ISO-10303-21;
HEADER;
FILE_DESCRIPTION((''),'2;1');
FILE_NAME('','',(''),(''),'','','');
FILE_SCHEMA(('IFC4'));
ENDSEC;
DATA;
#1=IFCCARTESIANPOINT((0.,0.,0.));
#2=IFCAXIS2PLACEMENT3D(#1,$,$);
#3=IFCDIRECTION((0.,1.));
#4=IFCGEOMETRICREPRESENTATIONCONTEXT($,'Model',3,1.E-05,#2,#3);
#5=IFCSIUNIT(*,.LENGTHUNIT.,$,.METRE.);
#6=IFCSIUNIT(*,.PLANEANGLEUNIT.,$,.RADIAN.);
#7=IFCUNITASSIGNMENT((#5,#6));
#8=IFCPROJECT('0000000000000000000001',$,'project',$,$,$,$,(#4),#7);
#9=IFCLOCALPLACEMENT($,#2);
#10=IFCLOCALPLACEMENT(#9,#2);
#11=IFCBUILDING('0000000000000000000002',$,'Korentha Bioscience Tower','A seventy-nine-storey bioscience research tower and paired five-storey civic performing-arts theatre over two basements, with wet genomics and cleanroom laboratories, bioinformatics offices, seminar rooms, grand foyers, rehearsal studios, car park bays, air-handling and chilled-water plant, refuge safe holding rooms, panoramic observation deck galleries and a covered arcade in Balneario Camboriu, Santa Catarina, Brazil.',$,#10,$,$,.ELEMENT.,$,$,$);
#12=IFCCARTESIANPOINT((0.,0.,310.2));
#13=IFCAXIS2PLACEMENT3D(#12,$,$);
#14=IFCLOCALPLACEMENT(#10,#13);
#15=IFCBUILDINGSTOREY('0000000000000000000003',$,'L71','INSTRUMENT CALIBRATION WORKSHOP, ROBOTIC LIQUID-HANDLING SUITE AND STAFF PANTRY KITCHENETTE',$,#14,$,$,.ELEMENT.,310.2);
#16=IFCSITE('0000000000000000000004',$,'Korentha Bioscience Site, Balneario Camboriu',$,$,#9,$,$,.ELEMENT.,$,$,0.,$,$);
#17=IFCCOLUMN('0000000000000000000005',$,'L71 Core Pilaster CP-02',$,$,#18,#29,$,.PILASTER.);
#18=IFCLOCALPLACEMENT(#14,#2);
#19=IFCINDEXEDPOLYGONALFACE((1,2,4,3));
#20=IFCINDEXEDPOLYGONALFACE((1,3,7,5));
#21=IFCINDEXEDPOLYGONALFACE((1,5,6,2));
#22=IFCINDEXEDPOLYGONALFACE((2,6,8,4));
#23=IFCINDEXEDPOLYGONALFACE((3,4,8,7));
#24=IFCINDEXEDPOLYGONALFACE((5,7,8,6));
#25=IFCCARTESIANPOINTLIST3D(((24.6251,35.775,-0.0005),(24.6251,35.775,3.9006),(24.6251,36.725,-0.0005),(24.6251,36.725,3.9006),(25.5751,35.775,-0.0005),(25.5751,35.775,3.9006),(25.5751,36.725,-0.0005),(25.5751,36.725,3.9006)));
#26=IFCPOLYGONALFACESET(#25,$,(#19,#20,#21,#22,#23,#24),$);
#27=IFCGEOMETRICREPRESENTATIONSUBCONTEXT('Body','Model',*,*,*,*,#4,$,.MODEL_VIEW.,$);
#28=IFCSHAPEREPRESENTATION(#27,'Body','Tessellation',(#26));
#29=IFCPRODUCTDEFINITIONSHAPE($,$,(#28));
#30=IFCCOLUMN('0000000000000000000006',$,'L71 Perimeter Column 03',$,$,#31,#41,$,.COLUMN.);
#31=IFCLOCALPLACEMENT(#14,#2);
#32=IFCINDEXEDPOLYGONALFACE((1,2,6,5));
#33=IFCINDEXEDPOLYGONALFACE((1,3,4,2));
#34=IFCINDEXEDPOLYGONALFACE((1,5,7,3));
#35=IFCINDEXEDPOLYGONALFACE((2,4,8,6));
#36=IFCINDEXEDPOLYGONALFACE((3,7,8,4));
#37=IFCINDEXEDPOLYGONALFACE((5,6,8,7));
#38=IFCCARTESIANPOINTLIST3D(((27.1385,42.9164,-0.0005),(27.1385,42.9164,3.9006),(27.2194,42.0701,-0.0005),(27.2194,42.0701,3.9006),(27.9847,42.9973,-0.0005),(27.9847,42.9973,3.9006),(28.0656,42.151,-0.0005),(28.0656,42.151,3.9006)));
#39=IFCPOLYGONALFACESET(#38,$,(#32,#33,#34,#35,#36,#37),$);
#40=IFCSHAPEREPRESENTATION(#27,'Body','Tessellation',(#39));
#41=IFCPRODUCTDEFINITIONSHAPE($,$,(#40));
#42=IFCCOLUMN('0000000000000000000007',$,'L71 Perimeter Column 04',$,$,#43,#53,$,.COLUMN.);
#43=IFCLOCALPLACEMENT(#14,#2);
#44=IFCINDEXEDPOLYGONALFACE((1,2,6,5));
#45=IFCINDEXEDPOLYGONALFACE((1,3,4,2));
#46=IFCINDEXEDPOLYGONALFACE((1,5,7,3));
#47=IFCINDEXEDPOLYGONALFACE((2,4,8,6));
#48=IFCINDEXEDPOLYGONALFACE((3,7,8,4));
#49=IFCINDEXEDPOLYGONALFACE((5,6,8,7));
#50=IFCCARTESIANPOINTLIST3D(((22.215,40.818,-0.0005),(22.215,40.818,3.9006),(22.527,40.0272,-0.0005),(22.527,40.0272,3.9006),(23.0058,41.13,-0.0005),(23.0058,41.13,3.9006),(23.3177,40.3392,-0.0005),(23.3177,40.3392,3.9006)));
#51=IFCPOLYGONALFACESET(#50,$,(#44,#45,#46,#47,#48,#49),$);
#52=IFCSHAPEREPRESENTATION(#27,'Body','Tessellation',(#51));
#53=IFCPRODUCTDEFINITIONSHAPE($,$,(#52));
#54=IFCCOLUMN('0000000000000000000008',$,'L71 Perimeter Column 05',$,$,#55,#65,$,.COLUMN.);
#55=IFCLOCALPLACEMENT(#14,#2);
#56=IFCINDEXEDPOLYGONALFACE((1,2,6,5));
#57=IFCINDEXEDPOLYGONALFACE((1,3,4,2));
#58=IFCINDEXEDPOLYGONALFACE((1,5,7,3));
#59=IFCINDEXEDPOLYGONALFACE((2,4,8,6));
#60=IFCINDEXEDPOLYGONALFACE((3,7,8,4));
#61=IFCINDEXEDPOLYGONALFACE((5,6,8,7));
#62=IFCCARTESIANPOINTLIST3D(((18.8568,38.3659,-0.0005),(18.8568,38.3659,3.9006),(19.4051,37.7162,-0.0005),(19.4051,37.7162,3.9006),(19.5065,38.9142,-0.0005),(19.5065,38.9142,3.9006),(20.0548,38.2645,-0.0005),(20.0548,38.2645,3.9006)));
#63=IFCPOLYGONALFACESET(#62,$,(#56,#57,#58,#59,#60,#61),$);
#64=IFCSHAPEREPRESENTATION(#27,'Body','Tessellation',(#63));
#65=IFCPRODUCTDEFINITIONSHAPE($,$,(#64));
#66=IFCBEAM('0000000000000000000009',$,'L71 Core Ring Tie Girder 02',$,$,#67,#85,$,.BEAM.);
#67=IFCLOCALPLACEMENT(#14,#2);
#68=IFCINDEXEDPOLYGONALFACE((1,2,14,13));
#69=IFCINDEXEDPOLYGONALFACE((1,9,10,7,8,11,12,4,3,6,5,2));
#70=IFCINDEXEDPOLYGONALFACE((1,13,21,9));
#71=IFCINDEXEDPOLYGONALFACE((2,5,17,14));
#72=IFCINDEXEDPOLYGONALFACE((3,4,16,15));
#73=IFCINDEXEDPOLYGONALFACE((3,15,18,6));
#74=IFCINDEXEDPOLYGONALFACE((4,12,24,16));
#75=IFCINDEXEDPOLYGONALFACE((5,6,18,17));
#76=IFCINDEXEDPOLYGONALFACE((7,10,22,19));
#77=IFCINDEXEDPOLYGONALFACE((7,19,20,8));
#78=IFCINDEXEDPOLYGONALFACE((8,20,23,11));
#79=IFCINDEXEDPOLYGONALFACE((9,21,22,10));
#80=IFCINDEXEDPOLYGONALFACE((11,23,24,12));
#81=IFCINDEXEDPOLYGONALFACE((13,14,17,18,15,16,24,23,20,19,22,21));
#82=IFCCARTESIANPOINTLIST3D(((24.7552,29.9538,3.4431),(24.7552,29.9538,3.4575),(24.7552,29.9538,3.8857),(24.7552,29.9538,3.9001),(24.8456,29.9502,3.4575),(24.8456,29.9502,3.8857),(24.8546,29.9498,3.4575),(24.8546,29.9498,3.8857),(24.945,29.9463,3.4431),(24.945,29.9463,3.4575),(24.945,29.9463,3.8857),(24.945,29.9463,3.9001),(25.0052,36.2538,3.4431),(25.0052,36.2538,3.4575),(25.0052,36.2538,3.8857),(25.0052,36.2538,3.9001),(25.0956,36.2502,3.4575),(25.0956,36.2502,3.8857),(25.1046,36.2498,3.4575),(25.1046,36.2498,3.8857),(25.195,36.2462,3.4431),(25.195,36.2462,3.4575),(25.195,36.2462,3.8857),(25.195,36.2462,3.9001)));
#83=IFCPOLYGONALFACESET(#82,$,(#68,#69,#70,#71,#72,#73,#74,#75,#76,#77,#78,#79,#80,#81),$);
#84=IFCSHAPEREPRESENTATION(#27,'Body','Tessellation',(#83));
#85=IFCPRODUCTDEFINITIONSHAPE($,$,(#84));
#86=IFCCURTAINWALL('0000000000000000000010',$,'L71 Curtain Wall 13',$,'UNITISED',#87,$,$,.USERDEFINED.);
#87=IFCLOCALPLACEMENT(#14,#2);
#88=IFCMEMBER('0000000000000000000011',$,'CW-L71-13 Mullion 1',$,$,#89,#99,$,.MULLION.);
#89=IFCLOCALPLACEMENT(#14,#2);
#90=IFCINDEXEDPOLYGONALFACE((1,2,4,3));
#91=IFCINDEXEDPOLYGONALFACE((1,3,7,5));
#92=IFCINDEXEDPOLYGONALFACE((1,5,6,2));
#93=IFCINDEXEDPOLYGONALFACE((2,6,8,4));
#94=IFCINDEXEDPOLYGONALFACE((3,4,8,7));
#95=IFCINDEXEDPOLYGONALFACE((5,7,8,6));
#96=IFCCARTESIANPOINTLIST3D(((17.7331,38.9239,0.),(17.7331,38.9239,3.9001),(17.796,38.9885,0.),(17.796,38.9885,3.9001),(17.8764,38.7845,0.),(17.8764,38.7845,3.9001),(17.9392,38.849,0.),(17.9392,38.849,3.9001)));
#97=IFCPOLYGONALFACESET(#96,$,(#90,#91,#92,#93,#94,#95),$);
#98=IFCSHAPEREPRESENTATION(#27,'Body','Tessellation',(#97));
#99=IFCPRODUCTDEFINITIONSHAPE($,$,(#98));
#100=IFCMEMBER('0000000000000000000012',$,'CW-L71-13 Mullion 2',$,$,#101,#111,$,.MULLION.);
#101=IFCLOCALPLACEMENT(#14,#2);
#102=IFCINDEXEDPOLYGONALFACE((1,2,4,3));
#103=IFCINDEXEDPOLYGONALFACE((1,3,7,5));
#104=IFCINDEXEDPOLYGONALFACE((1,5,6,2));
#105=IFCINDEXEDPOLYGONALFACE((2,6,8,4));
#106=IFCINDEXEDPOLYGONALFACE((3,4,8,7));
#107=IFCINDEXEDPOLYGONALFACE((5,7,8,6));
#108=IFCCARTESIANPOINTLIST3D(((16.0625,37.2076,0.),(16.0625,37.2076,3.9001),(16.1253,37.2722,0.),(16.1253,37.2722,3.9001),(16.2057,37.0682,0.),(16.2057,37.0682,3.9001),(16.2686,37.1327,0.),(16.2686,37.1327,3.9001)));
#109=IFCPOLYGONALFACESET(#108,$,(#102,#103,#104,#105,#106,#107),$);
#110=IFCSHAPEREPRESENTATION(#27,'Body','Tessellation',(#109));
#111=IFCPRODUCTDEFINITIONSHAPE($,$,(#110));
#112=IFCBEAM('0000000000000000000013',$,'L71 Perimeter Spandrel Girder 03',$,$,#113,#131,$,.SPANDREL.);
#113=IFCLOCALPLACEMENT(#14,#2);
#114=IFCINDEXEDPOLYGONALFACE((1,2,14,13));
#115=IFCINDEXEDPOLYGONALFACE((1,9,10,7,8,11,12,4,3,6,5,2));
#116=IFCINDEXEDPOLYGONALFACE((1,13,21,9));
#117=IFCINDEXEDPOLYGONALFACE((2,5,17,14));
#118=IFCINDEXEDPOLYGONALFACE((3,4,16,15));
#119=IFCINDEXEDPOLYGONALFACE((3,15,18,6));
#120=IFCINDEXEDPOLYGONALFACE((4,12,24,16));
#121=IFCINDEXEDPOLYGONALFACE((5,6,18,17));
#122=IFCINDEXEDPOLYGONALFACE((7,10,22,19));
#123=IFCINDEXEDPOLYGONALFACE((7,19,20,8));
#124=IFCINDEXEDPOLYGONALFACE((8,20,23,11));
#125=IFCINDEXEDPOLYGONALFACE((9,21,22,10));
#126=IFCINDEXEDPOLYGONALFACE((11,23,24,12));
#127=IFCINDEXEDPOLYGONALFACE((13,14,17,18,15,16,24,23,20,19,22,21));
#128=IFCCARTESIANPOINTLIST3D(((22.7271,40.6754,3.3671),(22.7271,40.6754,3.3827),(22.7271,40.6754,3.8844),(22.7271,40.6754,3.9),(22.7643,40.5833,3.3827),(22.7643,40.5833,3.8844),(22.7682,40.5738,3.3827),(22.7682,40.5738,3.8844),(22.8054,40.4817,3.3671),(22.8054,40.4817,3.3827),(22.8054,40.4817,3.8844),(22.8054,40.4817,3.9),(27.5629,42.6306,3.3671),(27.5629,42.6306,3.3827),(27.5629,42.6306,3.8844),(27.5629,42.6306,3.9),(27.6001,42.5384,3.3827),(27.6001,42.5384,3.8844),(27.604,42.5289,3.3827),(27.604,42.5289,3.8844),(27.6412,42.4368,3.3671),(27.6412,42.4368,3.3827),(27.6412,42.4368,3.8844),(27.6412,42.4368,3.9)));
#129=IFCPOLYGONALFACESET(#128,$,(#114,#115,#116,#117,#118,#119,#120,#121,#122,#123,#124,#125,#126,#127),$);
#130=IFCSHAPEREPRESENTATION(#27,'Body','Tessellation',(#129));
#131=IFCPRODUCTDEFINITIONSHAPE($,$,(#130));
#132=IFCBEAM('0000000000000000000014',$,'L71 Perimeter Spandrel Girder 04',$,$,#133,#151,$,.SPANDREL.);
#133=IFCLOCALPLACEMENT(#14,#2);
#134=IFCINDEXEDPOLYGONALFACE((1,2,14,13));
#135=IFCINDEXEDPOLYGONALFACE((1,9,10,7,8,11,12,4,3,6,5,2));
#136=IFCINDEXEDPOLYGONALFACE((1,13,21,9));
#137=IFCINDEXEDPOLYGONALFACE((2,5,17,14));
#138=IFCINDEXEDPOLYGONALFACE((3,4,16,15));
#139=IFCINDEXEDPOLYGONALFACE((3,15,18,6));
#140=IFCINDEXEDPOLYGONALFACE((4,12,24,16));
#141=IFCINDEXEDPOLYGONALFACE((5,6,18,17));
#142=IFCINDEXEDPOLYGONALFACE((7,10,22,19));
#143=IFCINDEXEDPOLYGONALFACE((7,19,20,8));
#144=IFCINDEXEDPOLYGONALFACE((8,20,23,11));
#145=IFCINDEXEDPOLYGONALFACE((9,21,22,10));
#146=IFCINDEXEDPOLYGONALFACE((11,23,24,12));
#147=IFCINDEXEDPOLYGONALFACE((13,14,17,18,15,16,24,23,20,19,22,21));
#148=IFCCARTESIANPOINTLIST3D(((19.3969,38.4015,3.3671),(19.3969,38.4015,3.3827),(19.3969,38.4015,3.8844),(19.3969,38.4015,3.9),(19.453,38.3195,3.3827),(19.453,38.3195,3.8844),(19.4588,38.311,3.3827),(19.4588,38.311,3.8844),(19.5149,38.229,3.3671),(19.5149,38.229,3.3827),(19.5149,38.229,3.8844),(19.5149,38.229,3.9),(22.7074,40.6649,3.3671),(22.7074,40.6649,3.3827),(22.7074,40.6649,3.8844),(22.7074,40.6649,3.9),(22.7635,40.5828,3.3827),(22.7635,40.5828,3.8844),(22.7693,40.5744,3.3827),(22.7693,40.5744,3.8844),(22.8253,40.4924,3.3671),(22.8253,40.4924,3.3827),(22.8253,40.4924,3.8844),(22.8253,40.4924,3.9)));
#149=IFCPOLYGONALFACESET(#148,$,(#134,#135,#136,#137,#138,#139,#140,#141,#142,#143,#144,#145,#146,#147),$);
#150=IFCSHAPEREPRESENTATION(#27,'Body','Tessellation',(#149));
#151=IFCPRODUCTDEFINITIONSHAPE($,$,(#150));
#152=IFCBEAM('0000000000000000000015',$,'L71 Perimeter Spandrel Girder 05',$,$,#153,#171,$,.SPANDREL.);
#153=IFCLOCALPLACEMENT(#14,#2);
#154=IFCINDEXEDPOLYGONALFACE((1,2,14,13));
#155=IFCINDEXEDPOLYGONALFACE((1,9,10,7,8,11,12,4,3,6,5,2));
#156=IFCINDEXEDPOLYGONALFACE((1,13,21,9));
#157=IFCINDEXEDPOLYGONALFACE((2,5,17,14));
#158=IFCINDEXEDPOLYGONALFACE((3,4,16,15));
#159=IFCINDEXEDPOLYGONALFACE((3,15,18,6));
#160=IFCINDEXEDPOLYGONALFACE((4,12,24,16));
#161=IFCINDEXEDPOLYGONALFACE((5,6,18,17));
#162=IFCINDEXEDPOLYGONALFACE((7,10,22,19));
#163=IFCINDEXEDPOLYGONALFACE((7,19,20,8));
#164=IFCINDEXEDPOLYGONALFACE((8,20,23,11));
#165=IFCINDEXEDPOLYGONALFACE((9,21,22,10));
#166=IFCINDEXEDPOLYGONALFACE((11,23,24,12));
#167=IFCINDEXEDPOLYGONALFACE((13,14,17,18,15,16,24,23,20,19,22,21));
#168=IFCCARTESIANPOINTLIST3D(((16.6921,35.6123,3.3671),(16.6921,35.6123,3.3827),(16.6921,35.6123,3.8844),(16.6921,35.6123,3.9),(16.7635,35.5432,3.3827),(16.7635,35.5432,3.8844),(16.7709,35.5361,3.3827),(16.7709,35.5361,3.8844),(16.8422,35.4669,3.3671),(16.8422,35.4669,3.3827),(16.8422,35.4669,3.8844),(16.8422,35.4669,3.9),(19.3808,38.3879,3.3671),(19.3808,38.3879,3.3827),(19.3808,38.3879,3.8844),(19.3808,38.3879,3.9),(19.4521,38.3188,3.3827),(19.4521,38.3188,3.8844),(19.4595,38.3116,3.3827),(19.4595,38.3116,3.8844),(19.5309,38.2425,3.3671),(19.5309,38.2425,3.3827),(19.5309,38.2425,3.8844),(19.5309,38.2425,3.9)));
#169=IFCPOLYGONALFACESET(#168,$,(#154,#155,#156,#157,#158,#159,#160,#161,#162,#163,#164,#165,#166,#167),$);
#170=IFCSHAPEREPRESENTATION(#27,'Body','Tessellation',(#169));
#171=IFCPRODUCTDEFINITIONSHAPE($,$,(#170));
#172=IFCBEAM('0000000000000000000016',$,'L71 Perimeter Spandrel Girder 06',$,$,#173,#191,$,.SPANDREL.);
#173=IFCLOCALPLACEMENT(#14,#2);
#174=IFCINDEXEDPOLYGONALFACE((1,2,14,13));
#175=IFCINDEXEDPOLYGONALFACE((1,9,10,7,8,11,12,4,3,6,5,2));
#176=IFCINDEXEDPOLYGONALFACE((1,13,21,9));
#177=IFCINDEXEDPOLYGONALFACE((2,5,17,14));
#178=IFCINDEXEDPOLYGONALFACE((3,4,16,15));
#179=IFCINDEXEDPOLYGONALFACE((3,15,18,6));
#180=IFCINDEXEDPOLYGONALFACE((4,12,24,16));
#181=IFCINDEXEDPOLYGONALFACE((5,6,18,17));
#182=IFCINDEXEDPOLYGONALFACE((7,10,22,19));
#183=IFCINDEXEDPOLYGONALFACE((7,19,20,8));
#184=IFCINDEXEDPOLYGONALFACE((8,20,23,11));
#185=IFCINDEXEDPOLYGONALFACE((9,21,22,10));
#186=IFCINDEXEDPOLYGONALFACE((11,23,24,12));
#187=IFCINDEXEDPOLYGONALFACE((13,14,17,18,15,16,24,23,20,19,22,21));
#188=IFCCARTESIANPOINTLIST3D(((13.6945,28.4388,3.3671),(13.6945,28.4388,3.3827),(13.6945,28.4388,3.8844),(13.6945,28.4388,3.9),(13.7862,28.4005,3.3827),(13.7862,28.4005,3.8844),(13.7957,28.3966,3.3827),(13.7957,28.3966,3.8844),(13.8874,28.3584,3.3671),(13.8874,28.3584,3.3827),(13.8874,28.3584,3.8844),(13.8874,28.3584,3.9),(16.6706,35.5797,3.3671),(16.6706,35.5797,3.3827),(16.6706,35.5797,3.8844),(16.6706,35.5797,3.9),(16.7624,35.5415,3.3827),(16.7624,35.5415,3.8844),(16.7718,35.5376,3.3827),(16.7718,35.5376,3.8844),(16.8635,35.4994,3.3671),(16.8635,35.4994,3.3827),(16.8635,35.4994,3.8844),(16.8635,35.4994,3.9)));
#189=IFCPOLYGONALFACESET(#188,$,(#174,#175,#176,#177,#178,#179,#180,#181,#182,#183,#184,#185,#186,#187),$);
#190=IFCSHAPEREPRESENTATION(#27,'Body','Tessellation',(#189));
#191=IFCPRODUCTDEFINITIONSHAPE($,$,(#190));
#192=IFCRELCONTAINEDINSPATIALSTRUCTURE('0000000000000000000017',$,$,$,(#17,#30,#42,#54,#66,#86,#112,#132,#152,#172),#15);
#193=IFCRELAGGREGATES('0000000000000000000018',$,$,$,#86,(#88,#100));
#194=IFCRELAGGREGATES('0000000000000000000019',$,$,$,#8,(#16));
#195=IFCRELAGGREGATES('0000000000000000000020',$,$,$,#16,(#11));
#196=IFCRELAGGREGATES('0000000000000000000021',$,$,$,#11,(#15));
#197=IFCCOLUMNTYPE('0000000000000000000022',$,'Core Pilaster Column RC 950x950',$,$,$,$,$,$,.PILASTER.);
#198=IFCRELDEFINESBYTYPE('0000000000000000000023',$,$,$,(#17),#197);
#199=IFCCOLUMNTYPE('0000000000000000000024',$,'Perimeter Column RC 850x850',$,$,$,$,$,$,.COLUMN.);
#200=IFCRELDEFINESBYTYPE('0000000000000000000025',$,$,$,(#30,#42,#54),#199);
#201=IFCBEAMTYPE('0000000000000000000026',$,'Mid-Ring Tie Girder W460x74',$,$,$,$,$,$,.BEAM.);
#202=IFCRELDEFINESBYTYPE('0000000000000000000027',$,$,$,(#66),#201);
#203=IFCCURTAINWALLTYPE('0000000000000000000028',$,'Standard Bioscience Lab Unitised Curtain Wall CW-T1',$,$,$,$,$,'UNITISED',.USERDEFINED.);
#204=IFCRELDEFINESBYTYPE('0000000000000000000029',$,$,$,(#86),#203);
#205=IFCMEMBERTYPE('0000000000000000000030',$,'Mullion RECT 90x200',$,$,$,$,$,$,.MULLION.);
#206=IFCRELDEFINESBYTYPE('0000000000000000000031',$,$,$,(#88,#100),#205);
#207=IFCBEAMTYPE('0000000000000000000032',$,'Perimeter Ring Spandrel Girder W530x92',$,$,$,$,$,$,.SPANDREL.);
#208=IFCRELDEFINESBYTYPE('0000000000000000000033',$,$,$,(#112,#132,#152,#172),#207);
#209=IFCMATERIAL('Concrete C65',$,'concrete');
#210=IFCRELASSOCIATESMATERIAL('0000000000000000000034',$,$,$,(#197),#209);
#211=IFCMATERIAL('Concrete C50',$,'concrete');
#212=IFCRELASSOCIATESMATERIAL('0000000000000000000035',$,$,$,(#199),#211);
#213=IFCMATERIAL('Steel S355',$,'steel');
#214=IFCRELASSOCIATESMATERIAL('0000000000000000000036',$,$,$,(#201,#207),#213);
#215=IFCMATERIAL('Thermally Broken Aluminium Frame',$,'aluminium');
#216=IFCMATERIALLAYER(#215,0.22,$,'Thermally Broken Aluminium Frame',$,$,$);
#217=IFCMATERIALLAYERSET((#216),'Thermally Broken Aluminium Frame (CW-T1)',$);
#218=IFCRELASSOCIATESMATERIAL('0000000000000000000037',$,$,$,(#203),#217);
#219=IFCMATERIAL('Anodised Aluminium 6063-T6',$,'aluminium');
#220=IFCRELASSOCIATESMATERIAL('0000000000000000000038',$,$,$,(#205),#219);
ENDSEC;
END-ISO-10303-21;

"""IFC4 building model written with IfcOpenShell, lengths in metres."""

from ifc_helpers import new_model, si_unit, direction, frame, origin, origin_2d, place, context, subcontext, project, spatial, rectangle, i_section, extrude, material, layer, layer_set, material_profile, profile_set, type_object, element, aggregate, save


model = new_model("IFC4")

# Units and contexts
model_context = context("Model", 3, precision=1e-05, world=origin(), true_north=direction((0.0, 1.0)))
body_context = subcontext(model_context, "Body", "Model", "MODEL_VIEW")
ifc_project = project(units=[si_unit("LENGTHUNIT", "METRE"), si_unit("PLANEANGLEUNIT", "RADIAN")], contexts=[model_context])

# Site, building, storey
site_placement = place(None, origin())
site = spatial("IfcSite", under=ifc_project, at=site_placement, Name="Korentha Bioscience Site, Balneario Camboriu", CompositionType="ELEMENT", RefElevation=0.0)
building_placement = place(site_placement, origin())
building = spatial("IfcBuilding", under=site, at=building_placement, Name="Korentha Bioscience Tower", Description="A seventy-nine-storey bioscience research tower and paired five-storey civic performing-arts theatre over two basements, with wet genomics and cleanroom laboratories, bioinformatics offices, seminar rooms, grand foyers, rehearsal studios, car park bays, air-handling and chilled-water plant, refuge safe holding rooms, panoramic observation deck galleries and a covered arcade in Balneario Camboriu, Santa Catarina, Brazil.", CompositionType="ELEMENT")
storey_placement = place(building_placement, frame((0.0, 0.0, 310.2)))
storey = spatial("IfcBuildingStorey", under=building, at=storey_placement, Name="L71", Description="INSTRUMENT CALIBRATION WORKSHOP, ROBOTIC LIQUID-HANDLING SUITE AND STAFF PANTRY KITCHENETTE", CompositionType="ELEMENT", Elevation=310.2)

# Columns
ifc_material_1 = material(Name="Concrete C65", Category="concrete")
ifc_material_profile_1 = material_profile(ifc_material_1, rectangle(XDim=0.95, YDim=0.95, at=origin_2d()), Name="Concrete C65")
ifc_profile_set_1 = profile_set([ifc_material_profile_1], Name="Concrete C65 (COL-CP09)")
column_type_1 = type_object("IfcColumnType", Name="Core Pilaster Column RC 950x950", PredefinedType="PILASTER", material=ifc_profile_set_1)
column_placement = place(storey_placement, frame((25.1001, 36.25, -0.0005), z_axis=(0.0, 0.0, 1.0), x_axis=(1.0, 0.0, 0.0)))
element("IfcColumn", 1, at=column_placement, inside=storey, type_object=column_type_1, Name="L71 Core Pilaster CP-02", PredefinedType="PILASTER", context=body_context, shape_type="SweptSolid", body=[
    extrude(rectangle(XDim=0.95, YDim=0.95, at=origin_2d()), origin(), (0.0, 0.0, 1.0), 3.9011),
])
ifc_material_2 = material(Name="Concrete C50", Category="concrete")
ifc_material_profile_2 = material_profile(ifc_material_2, rectangle(XDim=0.8501, YDim=0.8501, at=origin_2d()), Name="Concrete C50")
ifc_profile_set_2 = profile_set([ifc_material_profile_2], Name="Concrete C50 (COL-P08)")
column_type_2 = type_object("IfcColumnType", Name="Perimeter Column RC 850x850", PredefinedType="COLUMN", material=ifc_profile_set_2)
for number, where, z_axis, x_axis, name in (
    (2, (27.6021, 42.5337, -0.0005), (0.0, 0.0, 1.0), (0.995463, 0.095151, 0.0), "L71 Perimeter Column 03"),
    (3, (22.7664, 40.5786, -0.0005), (0.0, 0.0, 1.0), (0.930226, 0.366988, 0.0), "L71 Perimeter Column 04"),
    (4, (19.4558, 38.3152, -0.0005), (0.0, 0.0, 1.0), (0.764246, 0.644924, 0.0), "L71 Perimeter Column 05"),
):
    element("IfcColumn", number, at=place(storey_placement, frame(where, z_axis=z_axis, x_axis=x_axis)), inside=storey, type_object=column_type_2, Name=name, PredefinedType="COLUMN", context=body_context, shape_type="SweptSolid", body=[
        extrude(rectangle(XDim=0.8501, YDim=0.8501, at=origin_2d()), origin(), (0.0, 0.0, 1.0), 3.9011),
    ])

# Beam
ifc_material_3 = material(Name="Steel S355", Category="steel")
ifc_material_profile_3 = material_profile(ifc_material_3, i_section(OverallWidth=0.1899, OverallDepth=0.457, WebThickness=0.009, FlangeThickness=0.0144, at=origin_2d()), Name="Steel S355")
ifc_profile_set_3 = profile_set([ifc_material_profile_3], Name="Steel S355 (MB-460)")
beam_type_1 = type_object("IfcBeamType", Name="Mid-Ring Tie Girder W460x74", PredefinedType="BEAM", material=ifc_profile_set_3)
beam_1_placement = place(storey_placement, frame((25.1001, 36.25, 3.6716), z_axis=(-0.039651, -0.999214, 0.0), x_axis=(0.999214, -0.039651, 0.0)))
element("IfcBeam", 5, at=beam_1_placement, inside=storey, type_object=beam_type_1, Name="L71 Core Ring Tie Girder 02", PredefinedType="BEAM", context=body_context, shape_type="SweptSolid", body=[
    extrude(i_section(OverallWidth=0.1899, OverallDepth=0.457, WebThickness=0.009, FlangeThickness=0.0144, at=origin_2d()), origin(), (0.0, 0.0, 1.0), 6.3049),
])

# Curtain wall, members
ifc_material_4 = material(Name="Thermally Broken Aluminium Frame", Category="aluminium")
ifc_layer_1 = layer(ifc_material_4, 0.22, Name="Thermally Broken Aluminium Frame")
ifc_layer_set_1 = layer_set([ifc_layer_1], Name="Thermally Broken Aluminium Frame (CW-T1)")
curtain_wall_type = type_object("IfcCurtainWallType", Name="Standard Bioscience Lab Unitised Curtain Wall CW-T1", ElementType="UNITISED", PredefinedType="USERDEFINED", material=ifc_layer_set_1)
curtain_wall_placement = place(storey_placement, origin())
curtain_wall = element("IfcCurtainWall", 6, at=curtain_wall_placement, inside=storey, type_object=curtain_wall_type, Name="L71 Curtain Wall 13", ObjectType="UNITISED", PredefinedType="USERDEFINED")
ifc_material_5 = material(Name="Anodised Aluminium 6063-T6", Category="aluminium")
ifc_material_profile_4 = material_profile(ifc_material_5, rectangle(XDim=0.0901, YDim=0.2, at=origin_2d()), Name="Anodised Aluminium 6063-T6")
ifc_profile_set_4 = profile_set([ifc_material_profile_4], Name="Anodised Aluminium 6063-T6 (CW-MUL)")
member_type_1 = type_object("IfcMemberType", Name="Mullion RECT 90x200", PredefinedType="MULLION", material=ifc_profile_set_4)
member_1_placement = place(storey_placement, frame((17.8362, 38.8865, 0.0), z_axis=(0.0, 0.0, 1.0), x_axis=(-0.697567, -0.716519, 0.0)))
member_1 = element("IfcMember", 7, at=member_1_placement, type_object=member_type_1, Name="CW-L71-13 Mullion 1", PredefinedType="MULLION", context=body_context, shape_type="SweptSolid", body=[
    extrude(rectangle(XDim=0.0901, YDim=0.2, at=origin_2d()), origin(), (0.0, 0.0, 1.0), 3.9001),
])
member_2_placement = place(storey_placement, frame((16.1655, 37.1702, 0.0), z_axis=(0.0, 0.0, 1.0), x_axis=(-0.697567, -0.716519, 0.0)))
member_2 = element("IfcMember", 8, at=member_2_placement, type_object=member_type_1, Name="CW-L71-13 Mullion 2", PredefinedType="MULLION", context=body_context, shape_type="SweptSolid", body=[
    extrude(rectangle(XDim=0.0901, YDim=0.2, at=origin_2d()), origin(), (0.0, 0.0, 1.0), 3.9001),
])

# Beams
ifc_material_profile_5 = material_profile(ifc_material_3, i_section(OverallWidth=0.209, OverallDepth=0.533, WebThickness=0.0103, FlangeThickness=0.0156, at=origin_2d()), Name="Steel S355")
ifc_profile_set_5 = profile_set([ifc_material_profile_5], Name="Steel S355 (SB-530)")
beam_type_2 = type_object("IfcBeamType", Name="Perimeter Ring Spandrel Girder W530x92", PredefinedType="SPANDREL", material=ifc_profile_set_5)
beam_2_placement = place(storey_placement, frame((27.6021, 42.5337, 3.6335), z_axis=(-0.927095, -0.374826, 0.0), x_axis=(0.374826, -0.927095, 0.0)))
element("IfcBeam", 9, at=beam_2_placement, inside=storey, type_object=beam_type_2, Name="L71 Perimeter Spandrel Girder 03", PredefinedType="SPANDREL", context=body_context, shape_type="SweptSolid", body=[
    extrude(i_section(OverallWidth=0.209, OverallDepth=0.533, WebThickness=0.0103, FlangeThickness=0.0156, at=origin_2d()), origin(), (0.0, 0.0, 1.0), 5.2161),
])
beam_3_placement = place(storey_placement, frame((22.7664, 40.5786, 3.6335), z_axis=(-0.825503, -0.564398, 0.0), x_axis=(0.564398, -0.825503, 0.0)))
element("IfcBeam", 10, at=beam_3_placement, inside=storey, type_object=beam_type_2, Name="L71 Perimeter Spandrel Girder 04", PredefinedType="SPANDREL", context=body_context, shape_type="SweptSolid", body=[
    extrude(i_section(OverallWidth=0.209, OverallDepth=0.533, WebThickness=0.0103, FlangeThickness=0.0156, at=origin_2d()), origin(), (0.0, 0.0, 1.0), 4.0103),
])
beam_4_placement = place(storey_placement, frame((19.4558, 38.3152, 3.6335), z_axis=(-0.695772, -0.718263, 0.0), x_axis=(0.718263, -0.695772, 0.0)))
element("IfcBeam", 11, at=beam_4_placement, inside=storey, type_object=beam_type_2, Name="L71 Perimeter Spandrel Girder 05", PredefinedType="SPANDREL", context=body_context, shape_type="SweptSolid", body=[
    extrude(i_section(OverallWidth=0.209, OverallDepth=0.533, WebThickness=0.0103, FlangeThickness=0.0156, at=origin_2d()), origin(), (0.0, 0.0, 1.0), 3.8643),
])
beam_5_placement = place(storey_placement, frame((16.7671, 35.5396, 3.6335), z_axis=(-0.384694, -0.923044, 0.0), x_axis=(0.923044, -0.384694, 0.0)))
element("IfcBeam", 12, at=beam_5_placement, inside=storey, type_object=beam_type_2, Name="L71 Perimeter Spandrel Girder 06", PredefinedType="SPANDREL", context=body_context, shape_type="SweptSolid", body=[
    extrude(i_section(OverallWidth=0.209, OverallDepth=0.533, WebThickness=0.0103, FlangeThickness=0.0156, at=origin_2d()), origin(), (0.0, 0.0, 1.0), 7.7363),
])

aggregate(curtain_wall, [member_1, member_2])

save(model, "model.ifc")
